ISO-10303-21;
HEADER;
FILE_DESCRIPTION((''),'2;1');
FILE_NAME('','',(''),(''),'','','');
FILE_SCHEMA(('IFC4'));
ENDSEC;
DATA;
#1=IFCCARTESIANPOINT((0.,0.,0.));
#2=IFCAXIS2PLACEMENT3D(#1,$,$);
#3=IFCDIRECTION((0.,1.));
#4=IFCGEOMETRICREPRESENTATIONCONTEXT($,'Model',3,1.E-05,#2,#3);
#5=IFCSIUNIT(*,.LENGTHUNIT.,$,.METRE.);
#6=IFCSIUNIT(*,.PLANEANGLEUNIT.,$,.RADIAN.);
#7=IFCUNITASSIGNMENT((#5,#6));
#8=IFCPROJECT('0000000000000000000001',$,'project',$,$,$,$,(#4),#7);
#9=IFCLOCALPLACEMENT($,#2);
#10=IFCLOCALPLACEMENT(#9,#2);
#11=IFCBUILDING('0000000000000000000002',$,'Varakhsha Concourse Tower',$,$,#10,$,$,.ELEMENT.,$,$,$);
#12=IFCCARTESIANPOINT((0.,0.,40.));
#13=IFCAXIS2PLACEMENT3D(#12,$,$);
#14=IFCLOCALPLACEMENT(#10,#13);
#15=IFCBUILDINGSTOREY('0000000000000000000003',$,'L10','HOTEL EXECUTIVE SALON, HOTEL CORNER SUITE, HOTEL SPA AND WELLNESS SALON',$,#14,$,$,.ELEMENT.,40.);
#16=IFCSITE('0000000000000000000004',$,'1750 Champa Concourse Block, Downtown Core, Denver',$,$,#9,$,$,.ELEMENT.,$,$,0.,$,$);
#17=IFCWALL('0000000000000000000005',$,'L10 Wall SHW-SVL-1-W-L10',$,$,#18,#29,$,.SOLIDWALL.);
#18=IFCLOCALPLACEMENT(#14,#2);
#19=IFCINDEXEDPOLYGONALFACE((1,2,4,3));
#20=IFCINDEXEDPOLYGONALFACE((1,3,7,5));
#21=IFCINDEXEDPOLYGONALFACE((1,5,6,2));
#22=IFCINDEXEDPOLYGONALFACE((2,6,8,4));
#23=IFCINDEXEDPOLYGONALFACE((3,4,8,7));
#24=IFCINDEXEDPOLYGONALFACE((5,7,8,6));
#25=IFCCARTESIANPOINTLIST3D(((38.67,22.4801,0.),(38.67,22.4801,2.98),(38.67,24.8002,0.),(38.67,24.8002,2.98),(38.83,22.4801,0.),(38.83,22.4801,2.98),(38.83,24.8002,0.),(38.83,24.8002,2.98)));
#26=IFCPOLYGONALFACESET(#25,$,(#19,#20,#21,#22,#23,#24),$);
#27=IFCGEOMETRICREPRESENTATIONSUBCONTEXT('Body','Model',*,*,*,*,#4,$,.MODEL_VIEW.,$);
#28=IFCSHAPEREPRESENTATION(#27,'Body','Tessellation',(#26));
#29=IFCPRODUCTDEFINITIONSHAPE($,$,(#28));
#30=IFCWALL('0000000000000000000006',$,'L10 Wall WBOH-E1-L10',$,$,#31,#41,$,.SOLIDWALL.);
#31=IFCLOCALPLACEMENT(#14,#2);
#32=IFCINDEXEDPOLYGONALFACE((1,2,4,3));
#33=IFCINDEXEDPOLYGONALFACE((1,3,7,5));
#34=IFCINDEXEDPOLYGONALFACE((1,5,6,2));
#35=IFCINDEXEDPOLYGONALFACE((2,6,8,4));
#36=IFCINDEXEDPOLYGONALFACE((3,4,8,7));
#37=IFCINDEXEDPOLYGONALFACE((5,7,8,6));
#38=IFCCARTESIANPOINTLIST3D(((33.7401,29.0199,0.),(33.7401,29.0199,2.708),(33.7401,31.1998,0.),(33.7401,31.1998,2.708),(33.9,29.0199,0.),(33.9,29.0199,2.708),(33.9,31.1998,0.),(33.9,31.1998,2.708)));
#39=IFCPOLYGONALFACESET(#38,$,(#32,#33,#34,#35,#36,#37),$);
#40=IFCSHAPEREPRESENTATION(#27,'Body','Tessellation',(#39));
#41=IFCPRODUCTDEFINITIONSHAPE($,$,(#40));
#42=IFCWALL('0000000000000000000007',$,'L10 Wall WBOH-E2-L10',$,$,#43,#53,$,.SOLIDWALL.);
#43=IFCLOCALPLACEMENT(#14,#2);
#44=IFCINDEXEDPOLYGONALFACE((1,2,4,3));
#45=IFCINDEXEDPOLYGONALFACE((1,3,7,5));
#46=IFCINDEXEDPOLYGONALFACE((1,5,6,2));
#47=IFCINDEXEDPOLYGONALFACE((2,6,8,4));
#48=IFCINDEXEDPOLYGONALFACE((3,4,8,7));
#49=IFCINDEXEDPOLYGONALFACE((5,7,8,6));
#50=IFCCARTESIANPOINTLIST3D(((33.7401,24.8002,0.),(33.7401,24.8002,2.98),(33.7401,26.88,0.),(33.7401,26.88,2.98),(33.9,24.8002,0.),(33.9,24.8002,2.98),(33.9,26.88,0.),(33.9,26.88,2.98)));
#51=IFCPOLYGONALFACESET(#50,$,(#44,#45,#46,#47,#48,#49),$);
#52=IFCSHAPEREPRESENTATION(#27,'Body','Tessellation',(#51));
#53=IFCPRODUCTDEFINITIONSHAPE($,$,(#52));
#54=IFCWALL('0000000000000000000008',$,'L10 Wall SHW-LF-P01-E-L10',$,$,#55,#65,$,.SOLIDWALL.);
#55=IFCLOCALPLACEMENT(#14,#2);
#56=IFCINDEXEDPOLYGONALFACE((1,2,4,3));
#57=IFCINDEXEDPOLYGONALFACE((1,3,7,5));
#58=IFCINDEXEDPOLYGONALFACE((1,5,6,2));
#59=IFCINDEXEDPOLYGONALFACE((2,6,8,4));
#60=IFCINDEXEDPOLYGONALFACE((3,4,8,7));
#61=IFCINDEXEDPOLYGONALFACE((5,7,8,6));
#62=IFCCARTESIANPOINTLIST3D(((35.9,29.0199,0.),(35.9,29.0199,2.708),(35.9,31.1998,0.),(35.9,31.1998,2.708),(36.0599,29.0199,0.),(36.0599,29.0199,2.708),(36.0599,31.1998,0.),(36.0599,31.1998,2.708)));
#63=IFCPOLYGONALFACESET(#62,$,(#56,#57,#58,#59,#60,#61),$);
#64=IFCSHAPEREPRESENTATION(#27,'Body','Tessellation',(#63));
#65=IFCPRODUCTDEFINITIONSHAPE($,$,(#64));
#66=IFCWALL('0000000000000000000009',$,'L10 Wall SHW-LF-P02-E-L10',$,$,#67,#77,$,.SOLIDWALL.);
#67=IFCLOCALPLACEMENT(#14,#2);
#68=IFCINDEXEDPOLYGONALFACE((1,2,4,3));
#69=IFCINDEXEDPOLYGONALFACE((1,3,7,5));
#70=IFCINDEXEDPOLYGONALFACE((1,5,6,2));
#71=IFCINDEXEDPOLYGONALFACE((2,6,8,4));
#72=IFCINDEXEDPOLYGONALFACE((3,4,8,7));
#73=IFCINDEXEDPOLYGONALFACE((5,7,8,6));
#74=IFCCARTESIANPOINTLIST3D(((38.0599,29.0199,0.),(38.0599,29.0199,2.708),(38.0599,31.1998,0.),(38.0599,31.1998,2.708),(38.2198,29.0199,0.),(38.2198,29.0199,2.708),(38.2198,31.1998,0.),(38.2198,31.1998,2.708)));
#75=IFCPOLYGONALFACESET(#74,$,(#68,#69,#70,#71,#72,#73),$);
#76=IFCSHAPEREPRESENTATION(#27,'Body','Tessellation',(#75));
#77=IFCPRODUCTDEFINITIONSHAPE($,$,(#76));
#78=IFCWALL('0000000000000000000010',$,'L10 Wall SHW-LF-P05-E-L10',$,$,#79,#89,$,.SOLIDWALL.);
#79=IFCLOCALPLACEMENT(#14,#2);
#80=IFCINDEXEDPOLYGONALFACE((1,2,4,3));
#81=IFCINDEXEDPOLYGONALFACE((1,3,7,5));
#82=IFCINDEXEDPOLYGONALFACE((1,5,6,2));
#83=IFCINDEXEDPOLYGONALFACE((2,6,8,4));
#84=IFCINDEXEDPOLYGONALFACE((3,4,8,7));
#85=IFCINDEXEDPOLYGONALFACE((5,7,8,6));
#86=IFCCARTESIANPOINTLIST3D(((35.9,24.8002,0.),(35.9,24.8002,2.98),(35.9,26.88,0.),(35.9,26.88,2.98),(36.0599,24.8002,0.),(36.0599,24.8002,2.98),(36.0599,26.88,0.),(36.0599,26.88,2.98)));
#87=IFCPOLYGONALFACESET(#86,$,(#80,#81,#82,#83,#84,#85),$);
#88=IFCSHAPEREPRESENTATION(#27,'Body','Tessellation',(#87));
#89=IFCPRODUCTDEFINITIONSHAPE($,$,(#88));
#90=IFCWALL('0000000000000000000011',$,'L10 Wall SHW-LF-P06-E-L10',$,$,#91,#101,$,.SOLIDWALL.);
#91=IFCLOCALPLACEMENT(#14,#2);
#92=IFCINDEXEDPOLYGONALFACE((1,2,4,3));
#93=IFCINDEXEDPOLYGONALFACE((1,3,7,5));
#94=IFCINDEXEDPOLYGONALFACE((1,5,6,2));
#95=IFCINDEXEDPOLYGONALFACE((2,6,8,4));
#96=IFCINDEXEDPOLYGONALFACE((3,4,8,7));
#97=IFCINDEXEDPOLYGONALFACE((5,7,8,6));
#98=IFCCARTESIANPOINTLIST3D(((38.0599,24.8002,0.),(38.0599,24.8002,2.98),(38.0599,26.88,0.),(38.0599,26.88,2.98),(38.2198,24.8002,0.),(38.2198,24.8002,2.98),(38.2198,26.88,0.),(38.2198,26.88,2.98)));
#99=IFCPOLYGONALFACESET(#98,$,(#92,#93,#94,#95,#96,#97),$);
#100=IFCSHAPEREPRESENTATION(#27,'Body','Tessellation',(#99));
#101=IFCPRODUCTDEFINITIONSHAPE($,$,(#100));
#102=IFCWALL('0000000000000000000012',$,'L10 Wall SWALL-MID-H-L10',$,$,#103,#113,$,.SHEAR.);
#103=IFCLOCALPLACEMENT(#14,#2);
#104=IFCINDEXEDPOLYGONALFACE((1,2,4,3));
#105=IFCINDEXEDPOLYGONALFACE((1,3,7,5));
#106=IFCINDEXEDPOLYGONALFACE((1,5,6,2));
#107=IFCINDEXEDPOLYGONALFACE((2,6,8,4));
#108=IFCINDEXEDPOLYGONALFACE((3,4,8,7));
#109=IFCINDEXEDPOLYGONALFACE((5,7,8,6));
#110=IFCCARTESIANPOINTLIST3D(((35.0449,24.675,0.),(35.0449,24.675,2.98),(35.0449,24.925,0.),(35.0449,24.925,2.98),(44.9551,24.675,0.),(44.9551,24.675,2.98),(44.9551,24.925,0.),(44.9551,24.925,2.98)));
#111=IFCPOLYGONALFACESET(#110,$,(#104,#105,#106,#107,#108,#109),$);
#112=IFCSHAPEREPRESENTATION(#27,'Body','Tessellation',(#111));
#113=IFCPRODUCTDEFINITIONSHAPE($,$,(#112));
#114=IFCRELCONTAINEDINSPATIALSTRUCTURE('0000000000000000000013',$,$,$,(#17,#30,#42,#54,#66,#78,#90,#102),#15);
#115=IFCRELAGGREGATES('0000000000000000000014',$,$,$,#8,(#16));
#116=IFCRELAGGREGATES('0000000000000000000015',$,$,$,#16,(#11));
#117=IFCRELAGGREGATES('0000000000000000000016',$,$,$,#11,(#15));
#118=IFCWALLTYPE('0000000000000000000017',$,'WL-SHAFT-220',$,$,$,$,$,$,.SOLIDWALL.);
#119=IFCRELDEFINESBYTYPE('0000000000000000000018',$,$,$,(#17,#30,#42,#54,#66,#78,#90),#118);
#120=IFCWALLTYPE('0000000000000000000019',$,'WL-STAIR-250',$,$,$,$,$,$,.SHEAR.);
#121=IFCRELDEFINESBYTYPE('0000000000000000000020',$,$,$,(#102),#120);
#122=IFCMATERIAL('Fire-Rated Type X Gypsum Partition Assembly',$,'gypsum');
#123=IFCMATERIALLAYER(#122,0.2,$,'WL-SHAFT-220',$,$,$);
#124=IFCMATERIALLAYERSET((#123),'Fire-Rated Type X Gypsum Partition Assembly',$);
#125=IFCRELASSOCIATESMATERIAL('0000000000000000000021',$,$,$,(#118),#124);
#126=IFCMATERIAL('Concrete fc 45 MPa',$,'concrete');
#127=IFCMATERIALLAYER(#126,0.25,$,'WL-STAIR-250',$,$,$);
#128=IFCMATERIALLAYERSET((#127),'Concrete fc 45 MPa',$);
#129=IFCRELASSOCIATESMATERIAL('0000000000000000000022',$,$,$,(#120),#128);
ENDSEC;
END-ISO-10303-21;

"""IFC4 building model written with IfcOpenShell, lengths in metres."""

from ifc_helpers import new_model, si_unit, direction, frame, frame_2d, origin, place, context, subcontext, project, spatial, rectangle, extrude, material, layer, layer_set, type_object, element, save


model = new_model("IFC4")

# Units and contexts
model_context = context("Model", 3, precision=1e-05, world=origin(), true_north=direction((0.0, 1.0)))
body_context = subcontext(model_context, "Body", "Model", "MODEL_VIEW")
ifc_project = project(units=[si_unit("LENGTHUNIT", "METRE"), si_unit("PLANEANGLEUNIT", "RADIAN")], contexts=[model_context])

# Site, building, storey
site_placement = place(None, origin())
site = spatial("IfcSite", under=ifc_project, at=site_placement, Name="1750 Champa Concourse Block, Downtown Core, Denver", CompositionType="ELEMENT", RefElevation=0.0)
building_placement = place(site_placement, origin())
building = spatial("IfcBuilding", under=site, at=building_placement, Name="Varakhsha Concourse Tower", CompositionType="ELEMENT")
storey_placement = place(building_placement, frame((0.0, 0.0, 40.0)))
storey = spatial("IfcBuildingStorey", under=building, at=storey_placement, Name="L10", Description="HOTEL EXECUTIVE SALON, HOTEL CORNER SUITE, HOTEL SPA AND WELLNESS SALON", CompositionType="ELEMENT", Elevation=40.0)

# Shared definitions
ifc_material_1 = material(Name="Fire-Rated Type X Gypsum Partition Assembly", Category="gypsum")

# Wall
ifc_layer_1 = layer(ifc_material_1, 0.2, Name="WL-SHAFT-220")
ifc_layer_set_1 = layer_set([ifc_layer_1], Name="Fire-Rated Type X Gypsum Partition Assembly")
wall_type_1 = type_object("IfcWallType", Name="WL-SHAFT-220", PredefinedType="SOLIDWALL", material=ifc_layer_set_1)
wall_1_placement = place(storey_placement, frame((38.75, 22.48, 0.0), z_axis=(0.0, 0.0, 1.0), x_axis=(0.0, 1.0, 0.0)))
element("IfcWall", 1, at=wall_1_placement, inside=storey, type_object=wall_type_1, Name="L10 Wall SHW-SVL-1-W-L10", PredefinedType="SOLIDWALL", context=body_context, shape_type="SweptSolid", body=[
    extrude(rectangle(XDim=2.3201, YDim=0.1599, at=frame_2d((1.1602, 0.0))), origin(), (0.0, 0.0, 1.0), 2.98),
])

# Walls
wall_2_placement = place(storey_placement, frame((33.8201, 29.02, 0.0), z_axis=(0.0, 0.0, 1.0), x_axis=(0.0, 1.0, 0.0)))
element("IfcWall", 2, at=wall_2_placement, inside=storey, type_object=wall_type_1, Name="L10 Wall WBOH-E1-L10", PredefinedType="SOLIDWALL", context=body_context, shape_type="SweptSolid", body=[
    extrude(rectangle(XDim=2.1799, YDim=0.1599, at=frame_2d((1.0898, 0.0))), origin(), (0.0, 0.0, 1.0), 2.708),
])
wall_3_placement = place(storey_placement, frame((33.8201, 24.8, 0.0), z_axis=(0.0, 0.0, 1.0), x_axis=(0.0, 1.0, 0.0)))
element("IfcWall", 3, at=wall_3_placement, inside=storey, type_object=wall_type_1, Name="L10 Wall WBOH-E2-L10", PredefinedType="SOLIDWALL", context=body_context, shape_type="SweptSolid", body=[
    extrude(rectangle(XDim=2.0798, YDim=0.1599, at=frame_2d((1.04, 0.0))), origin(), (0.0, 0.0, 1.0), 2.98),
])
for number, where, z_axis, x_axis, name in (
    (4, (35.98, 29.02, 0.0), (0.0, 0.0, 1.0), (0.0, 1.0, 0.0), "L10 Wall SHW-LF-P01-E-L10"),
    (5, (38.1399, 29.02, 0.0), (0.0, 0.0, 1.0), (0.0, 1.0, 0.0), "L10 Wall SHW-LF-P02-E-L10"),
):
    element("IfcWall", number, at=place(storey_placement, frame(where, z_axis=z_axis, x_axis=x_axis)), inside=storey, type_object=wall_type_1, Name=name, PredefinedType="SOLIDWALL", context=body_context, shape_type="SweptSolid", body=[
        extrude(rectangle(XDim=2.1799, YDim=0.1599, at=frame_2d((1.0898, 0.0))), origin(), (0.0, 0.0, 1.0), 2.708),
    ])
for number, where, z_axis, x_axis, name in (
    (6, (35.98, 24.8, 0.0), (0.0, 0.0, 1.0), (0.0, 1.0, 0.0), "L10 Wall SHW-LF-P05-E-L10"),
    (7, (38.1399, 24.8, 0.0), (0.0, 0.0, 1.0), (0.0, 1.0, 0.0), "L10 Wall SHW-LF-P06-E-L10"),
):
    element("IfcWall", number, at=place(storey_placement, frame(where, z_axis=z_axis, x_axis=x_axis)), inside=storey, type_object=wall_type_1, Name=name, PredefinedType="SOLIDWALL", context=body_context, shape_type="SweptSolid", body=[
        extrude(rectangle(XDim=2.0798, YDim=0.1599, at=frame_2d((1.04, 0.0))), origin(), (0.0, 0.0, 1.0), 2.98),
    ])
ifc_material_2 = material(Name="Concrete fc 45 MPa", Category="concrete")
ifc_layer_2 = layer(ifc_material_2, 0.25, Name="WL-STAIR-250")
ifc_layer_set_2 = layer_set([ifc_layer_2], Name="Concrete fc 45 MPa")
wall_type_2 = type_object("IfcWallType", Name="WL-STAIR-250", PredefinedType="SHEAR", material=ifc_layer_set_2)
wall_4_placement = place(storey_placement, frame((35.0449, 24.8, 0.0), z_axis=(0.0, 0.0, 1.0), x_axis=(1.0, 0.0, 0.0)))
element("IfcWall", 8, at=wall_4_placement, inside=storey, type_object=wall_type_2, Name="L10 Wall SWALL-MID-H-L10", PredefinedType="SHEAR", context=body_context, shape_type="SweptSolid", body=[
    extrude(rectangle(XDim=9.9102, YDim=0.25, at=frame_2d((4.9551, 0.0))), origin(), (0.0, 0.0, 1.0), 2.98),
])

save(model, "model.ifc")
